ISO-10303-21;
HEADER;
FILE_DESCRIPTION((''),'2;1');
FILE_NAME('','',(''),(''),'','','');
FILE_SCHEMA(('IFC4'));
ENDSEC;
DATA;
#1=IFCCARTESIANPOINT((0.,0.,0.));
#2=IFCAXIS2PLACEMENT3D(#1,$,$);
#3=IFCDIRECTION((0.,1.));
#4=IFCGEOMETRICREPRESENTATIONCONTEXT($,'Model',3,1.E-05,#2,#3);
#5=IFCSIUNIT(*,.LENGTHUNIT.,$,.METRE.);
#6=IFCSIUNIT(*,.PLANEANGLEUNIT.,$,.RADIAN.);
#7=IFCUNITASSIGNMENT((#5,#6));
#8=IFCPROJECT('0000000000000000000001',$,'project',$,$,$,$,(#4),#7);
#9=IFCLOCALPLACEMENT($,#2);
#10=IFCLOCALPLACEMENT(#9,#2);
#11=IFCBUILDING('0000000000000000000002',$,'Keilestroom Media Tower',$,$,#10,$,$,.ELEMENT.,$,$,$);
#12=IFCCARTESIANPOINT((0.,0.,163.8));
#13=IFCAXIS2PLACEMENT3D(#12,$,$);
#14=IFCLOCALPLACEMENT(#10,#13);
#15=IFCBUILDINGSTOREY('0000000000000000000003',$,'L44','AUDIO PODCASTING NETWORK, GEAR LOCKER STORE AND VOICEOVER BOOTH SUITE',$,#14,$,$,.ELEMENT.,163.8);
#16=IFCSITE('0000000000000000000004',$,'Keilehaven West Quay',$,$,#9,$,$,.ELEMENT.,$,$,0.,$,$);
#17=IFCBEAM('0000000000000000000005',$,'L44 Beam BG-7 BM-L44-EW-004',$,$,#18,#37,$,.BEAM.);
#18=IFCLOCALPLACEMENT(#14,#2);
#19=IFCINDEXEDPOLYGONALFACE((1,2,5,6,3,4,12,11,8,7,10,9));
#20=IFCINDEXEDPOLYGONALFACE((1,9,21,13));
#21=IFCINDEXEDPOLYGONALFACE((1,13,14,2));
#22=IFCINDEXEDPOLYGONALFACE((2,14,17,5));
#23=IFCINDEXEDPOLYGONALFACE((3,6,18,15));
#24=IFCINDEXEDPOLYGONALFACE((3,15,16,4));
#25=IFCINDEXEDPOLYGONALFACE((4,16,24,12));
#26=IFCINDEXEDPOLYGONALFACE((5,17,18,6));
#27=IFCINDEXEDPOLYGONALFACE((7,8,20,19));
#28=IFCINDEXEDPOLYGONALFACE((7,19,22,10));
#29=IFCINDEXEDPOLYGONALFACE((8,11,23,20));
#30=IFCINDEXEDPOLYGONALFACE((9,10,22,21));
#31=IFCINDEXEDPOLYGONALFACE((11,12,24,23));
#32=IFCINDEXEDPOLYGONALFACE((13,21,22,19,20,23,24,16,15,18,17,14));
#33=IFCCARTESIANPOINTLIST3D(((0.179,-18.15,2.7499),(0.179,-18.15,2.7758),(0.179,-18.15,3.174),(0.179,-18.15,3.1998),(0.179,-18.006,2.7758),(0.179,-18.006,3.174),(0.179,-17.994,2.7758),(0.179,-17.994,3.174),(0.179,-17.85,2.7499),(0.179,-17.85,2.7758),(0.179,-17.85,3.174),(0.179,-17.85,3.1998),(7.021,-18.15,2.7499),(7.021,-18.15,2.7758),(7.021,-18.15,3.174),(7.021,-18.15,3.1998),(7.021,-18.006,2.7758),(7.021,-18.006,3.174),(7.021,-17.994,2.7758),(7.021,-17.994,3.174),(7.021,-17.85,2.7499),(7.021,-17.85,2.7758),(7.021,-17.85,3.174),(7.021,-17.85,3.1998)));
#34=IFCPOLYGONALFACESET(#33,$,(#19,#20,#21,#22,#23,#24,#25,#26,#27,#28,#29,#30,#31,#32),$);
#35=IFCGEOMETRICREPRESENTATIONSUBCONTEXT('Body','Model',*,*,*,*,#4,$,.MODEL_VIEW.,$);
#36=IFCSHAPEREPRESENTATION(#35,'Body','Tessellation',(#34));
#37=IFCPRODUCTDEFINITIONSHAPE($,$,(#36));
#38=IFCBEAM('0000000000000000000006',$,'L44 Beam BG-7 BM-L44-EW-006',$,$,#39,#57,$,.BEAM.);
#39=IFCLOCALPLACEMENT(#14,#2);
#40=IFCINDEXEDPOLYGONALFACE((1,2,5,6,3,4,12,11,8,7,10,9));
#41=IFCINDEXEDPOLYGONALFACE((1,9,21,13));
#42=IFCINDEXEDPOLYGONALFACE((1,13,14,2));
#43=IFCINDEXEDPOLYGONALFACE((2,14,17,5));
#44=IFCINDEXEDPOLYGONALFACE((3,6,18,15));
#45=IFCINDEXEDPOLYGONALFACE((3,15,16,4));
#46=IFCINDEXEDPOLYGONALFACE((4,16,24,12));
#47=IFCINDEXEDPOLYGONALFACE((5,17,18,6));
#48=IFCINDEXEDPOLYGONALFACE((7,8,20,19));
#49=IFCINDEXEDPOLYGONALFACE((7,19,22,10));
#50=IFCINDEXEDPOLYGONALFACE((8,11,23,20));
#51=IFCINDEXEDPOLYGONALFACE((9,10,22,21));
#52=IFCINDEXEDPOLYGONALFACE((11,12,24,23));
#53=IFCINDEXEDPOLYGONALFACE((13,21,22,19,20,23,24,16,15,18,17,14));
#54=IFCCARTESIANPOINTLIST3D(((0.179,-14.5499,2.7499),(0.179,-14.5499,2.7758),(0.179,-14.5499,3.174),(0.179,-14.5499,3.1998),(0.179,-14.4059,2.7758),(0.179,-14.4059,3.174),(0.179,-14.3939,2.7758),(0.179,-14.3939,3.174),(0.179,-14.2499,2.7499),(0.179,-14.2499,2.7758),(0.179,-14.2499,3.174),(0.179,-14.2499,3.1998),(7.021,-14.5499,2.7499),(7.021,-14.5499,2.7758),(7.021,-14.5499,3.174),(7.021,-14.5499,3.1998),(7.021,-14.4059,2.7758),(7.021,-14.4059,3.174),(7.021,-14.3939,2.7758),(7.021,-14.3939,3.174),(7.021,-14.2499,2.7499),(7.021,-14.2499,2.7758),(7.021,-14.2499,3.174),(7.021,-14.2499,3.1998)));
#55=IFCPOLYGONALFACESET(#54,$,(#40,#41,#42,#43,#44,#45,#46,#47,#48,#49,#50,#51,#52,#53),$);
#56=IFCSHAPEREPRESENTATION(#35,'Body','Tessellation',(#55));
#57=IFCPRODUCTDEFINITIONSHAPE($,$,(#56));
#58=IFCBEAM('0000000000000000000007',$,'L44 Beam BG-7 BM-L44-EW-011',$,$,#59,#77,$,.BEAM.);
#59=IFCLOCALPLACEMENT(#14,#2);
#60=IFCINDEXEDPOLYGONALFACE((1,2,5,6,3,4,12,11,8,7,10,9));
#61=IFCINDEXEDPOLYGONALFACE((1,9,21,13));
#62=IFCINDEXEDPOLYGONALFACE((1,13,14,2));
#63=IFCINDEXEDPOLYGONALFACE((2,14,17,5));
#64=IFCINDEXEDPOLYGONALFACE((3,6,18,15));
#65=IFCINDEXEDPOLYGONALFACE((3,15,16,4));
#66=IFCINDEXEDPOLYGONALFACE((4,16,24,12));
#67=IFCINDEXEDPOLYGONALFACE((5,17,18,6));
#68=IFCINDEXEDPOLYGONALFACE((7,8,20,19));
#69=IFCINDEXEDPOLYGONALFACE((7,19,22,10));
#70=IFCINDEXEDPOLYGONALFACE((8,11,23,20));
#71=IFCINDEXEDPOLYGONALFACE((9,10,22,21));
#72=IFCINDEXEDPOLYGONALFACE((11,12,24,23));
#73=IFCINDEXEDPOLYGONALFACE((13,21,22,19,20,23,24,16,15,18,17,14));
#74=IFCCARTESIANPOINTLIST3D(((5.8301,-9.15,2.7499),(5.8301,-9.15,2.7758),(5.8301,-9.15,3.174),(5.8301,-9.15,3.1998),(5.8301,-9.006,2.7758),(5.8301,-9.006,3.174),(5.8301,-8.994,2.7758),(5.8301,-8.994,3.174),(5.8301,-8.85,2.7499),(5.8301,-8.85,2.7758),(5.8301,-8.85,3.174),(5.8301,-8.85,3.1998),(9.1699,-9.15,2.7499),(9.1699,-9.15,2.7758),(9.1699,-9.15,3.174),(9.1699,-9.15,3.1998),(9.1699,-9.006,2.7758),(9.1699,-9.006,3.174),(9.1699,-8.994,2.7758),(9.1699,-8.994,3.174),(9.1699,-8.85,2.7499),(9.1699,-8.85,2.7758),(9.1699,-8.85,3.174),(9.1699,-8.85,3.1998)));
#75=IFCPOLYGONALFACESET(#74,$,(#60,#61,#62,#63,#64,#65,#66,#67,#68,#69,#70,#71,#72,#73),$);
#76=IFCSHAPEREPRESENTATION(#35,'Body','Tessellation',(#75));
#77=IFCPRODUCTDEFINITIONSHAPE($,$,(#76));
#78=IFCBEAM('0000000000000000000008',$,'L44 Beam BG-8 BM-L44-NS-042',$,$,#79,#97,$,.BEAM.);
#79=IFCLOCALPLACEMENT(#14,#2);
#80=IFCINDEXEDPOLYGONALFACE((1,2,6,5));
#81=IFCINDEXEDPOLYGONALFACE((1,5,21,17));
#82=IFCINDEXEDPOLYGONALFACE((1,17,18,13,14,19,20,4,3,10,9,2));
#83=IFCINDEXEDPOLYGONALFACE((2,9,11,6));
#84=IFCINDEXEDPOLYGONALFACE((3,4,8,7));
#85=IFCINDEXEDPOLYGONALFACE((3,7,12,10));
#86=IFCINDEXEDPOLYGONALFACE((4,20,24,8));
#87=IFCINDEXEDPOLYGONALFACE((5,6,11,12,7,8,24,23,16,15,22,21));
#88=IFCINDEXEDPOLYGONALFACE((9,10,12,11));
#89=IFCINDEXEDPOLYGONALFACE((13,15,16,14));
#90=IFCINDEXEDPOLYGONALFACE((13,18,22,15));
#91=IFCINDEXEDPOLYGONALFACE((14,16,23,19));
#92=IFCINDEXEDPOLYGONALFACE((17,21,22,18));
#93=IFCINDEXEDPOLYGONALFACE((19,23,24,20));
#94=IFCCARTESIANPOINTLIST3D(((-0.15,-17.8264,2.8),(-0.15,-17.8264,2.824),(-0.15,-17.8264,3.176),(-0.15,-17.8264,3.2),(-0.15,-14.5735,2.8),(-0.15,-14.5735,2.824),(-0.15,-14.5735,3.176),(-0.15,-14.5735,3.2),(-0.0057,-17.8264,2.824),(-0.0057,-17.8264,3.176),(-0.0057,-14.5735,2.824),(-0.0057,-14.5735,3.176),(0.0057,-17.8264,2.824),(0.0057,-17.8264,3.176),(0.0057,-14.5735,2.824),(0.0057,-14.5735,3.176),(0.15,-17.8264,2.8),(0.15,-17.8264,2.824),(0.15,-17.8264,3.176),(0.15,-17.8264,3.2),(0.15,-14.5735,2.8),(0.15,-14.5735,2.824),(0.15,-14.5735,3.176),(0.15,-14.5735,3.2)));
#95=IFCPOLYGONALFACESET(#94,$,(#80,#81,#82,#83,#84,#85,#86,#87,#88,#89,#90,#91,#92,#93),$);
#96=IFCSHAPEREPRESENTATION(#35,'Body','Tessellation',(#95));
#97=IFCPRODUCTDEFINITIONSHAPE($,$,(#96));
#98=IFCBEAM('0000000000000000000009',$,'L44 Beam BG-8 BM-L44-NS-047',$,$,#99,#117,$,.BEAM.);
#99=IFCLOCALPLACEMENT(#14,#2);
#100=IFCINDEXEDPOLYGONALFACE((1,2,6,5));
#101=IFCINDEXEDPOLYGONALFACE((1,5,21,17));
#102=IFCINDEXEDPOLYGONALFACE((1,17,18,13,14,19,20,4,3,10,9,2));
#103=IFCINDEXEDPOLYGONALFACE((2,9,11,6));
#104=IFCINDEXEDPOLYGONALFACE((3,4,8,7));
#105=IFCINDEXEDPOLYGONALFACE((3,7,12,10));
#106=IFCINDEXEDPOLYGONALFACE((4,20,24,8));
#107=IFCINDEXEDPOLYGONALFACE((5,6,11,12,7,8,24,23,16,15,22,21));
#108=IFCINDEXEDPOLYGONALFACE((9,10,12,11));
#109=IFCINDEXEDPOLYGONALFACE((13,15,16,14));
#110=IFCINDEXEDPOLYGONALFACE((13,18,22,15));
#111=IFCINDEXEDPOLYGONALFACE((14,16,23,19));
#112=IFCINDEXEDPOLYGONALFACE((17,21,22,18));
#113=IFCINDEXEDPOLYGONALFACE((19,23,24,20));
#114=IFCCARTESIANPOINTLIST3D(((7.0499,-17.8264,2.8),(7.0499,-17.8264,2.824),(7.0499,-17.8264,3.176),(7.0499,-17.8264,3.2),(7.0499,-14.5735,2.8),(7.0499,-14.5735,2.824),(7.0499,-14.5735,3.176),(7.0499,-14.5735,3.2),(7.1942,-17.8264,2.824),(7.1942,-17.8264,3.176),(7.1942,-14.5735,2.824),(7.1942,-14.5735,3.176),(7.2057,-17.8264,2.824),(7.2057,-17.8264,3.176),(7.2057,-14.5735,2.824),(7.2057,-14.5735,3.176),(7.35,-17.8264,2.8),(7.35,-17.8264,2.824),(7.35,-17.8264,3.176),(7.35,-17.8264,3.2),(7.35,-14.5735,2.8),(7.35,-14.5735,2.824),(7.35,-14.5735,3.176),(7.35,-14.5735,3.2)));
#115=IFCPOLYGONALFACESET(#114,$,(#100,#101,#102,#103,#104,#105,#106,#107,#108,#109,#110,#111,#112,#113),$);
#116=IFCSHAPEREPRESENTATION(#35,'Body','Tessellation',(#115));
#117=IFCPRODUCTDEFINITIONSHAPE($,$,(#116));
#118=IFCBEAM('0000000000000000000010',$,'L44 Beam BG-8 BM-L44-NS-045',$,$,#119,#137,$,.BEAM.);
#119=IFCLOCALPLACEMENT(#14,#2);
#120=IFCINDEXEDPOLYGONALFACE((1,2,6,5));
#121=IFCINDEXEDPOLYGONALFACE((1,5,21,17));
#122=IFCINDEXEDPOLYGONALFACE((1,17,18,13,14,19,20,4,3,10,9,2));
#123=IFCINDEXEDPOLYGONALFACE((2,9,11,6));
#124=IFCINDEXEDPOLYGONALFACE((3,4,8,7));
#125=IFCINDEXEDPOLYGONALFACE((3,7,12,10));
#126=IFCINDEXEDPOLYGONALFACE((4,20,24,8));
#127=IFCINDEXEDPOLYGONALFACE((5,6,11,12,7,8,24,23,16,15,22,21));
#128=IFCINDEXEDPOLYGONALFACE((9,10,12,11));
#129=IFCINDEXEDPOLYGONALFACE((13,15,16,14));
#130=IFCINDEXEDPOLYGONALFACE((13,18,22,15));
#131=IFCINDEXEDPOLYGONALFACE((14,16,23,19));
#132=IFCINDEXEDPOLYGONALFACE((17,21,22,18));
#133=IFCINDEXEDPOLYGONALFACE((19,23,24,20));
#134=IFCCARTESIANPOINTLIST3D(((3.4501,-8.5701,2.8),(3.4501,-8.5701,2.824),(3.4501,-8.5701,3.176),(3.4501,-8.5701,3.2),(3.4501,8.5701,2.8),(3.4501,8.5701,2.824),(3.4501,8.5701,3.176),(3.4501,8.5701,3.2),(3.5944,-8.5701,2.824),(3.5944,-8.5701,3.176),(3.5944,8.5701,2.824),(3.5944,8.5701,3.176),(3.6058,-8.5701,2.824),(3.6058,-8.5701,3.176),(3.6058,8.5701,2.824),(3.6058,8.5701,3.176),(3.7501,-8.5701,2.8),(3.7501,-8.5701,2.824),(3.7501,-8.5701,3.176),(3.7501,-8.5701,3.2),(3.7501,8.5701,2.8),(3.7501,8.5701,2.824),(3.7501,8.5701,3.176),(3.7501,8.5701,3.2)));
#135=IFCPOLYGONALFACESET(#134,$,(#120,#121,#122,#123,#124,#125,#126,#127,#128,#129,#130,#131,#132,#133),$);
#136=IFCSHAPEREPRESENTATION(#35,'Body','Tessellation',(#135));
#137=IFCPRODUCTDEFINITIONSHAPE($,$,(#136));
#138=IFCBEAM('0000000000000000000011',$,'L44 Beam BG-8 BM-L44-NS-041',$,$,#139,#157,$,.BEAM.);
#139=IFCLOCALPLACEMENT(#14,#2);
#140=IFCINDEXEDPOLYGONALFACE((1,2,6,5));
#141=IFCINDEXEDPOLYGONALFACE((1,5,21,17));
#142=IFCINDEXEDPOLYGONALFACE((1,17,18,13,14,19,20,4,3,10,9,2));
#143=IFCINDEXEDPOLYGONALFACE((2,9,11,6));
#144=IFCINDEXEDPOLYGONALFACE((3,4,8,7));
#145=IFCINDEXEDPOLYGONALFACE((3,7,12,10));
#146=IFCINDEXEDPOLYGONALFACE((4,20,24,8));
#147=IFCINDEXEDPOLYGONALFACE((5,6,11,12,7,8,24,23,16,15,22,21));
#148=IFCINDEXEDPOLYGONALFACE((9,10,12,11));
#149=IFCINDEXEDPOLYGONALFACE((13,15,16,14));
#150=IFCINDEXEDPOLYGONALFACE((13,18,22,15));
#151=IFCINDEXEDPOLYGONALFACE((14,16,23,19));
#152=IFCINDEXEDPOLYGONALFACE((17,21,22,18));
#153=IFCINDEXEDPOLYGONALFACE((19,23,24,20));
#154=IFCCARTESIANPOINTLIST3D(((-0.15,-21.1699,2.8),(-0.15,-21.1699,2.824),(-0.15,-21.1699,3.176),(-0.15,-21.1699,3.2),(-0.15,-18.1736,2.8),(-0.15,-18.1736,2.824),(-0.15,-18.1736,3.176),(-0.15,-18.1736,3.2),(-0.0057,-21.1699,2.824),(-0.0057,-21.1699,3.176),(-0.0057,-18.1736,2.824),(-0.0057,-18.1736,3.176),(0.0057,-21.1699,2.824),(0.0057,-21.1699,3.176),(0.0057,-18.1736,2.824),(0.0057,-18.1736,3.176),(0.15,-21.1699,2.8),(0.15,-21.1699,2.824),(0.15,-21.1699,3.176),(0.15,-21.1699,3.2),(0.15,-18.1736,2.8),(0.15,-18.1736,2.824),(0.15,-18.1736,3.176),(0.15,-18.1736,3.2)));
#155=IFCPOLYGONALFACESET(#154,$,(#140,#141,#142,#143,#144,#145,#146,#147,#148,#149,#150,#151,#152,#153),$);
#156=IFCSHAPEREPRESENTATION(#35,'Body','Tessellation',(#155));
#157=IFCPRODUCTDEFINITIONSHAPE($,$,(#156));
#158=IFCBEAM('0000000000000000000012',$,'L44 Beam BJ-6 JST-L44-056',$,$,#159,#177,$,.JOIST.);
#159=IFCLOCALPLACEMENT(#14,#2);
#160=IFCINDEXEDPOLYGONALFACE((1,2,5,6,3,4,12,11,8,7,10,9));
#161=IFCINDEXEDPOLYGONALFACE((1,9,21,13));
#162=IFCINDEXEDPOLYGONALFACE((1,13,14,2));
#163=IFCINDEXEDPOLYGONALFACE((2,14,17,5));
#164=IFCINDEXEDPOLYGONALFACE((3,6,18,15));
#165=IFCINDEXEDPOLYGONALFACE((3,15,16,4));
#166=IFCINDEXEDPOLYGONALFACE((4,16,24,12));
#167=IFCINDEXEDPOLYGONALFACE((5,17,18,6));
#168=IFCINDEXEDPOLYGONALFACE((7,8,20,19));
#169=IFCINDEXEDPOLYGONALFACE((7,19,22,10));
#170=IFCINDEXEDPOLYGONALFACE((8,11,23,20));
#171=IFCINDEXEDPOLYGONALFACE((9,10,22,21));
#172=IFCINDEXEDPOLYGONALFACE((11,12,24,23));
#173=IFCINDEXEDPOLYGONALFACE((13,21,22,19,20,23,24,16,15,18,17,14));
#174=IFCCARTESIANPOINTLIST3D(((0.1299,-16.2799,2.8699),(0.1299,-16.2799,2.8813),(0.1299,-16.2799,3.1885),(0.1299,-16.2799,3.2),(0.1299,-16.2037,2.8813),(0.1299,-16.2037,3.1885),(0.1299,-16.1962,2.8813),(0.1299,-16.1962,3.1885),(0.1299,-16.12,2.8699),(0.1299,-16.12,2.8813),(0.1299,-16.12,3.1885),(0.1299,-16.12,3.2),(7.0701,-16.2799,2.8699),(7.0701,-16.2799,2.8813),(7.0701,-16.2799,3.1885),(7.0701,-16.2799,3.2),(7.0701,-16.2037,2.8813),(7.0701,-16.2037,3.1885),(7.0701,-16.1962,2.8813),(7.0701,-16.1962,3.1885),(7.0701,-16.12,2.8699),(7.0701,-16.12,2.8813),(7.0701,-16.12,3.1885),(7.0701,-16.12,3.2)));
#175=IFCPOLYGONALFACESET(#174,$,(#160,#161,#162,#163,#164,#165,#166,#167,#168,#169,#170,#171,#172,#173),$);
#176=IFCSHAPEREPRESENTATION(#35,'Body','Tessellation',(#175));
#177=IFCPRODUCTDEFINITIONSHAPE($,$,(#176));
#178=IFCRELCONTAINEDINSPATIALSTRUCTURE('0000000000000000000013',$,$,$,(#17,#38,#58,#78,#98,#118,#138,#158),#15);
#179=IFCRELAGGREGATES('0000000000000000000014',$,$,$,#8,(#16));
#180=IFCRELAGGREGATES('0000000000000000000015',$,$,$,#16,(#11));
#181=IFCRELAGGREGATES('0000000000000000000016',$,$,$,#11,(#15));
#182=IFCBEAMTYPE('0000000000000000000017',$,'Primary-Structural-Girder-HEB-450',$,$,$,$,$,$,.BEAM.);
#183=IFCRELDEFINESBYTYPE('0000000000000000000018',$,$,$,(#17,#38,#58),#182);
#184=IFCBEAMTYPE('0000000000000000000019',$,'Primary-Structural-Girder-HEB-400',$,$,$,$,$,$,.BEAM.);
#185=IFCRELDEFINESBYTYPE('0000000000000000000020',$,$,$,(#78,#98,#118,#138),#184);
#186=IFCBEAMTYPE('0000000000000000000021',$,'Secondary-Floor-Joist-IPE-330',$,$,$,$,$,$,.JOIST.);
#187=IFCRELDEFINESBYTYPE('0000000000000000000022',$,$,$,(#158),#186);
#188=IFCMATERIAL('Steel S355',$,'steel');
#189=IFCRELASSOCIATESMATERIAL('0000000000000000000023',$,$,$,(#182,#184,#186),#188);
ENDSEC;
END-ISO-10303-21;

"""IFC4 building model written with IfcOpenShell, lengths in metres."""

from ifc_helpers import new_model, si_unit, direction, frame, origin, origin_2d, place, context, subcontext, project, spatial, i_section, extrude, source, transform, mapped, material, material_profile, profile_set, type_object, element, save


model = new_model("IFC4")

# Units and contexts
model_context = context("Model", 3, precision=1e-05, world=origin(), true_north=direction((0.0, 1.0)))
body_context = subcontext(model_context, "Body", "Model", "MODEL_VIEW")
ifc_project = project(units=[si_unit("LENGTHUNIT", "METRE"), si_unit("PLANEANGLEUNIT", "RADIAN")], contexts=[model_context])

# Site, building, storey
site_placement = place(None, origin())
site = spatial("IfcSite", under=ifc_project, at=site_placement, Name="Keilehaven West Quay", CompositionType="ELEMENT", RefElevation=0.0)
building_placement = place(site_placement, origin())
building = spatial("IfcBuilding", under=site, at=building_placement, Name="Keilestroom Media Tower", CompositionType="ELEMENT")
storey_placement = place(building_placement, frame((0.0, 0.0, 163.8)))
storey = spatial("IfcBuildingStorey", under=building, at=storey_placement, Name="L44", Description="AUDIO PODCASTING NETWORK, GEAR LOCKER STORE AND VOICEOVER BOOTH SUITE", CompositionType="ELEMENT", Elevation=163.8)

# Shared definitions
ifc_material_1 = material(Name="Steel S355", Category="steel")

# Beams
ifc_material_profile_1 = material_profile(ifc_material_1, i_section(OverallWidth=0.3, OverallDepth=0.45, WebThickness=0.012, FlangeThickness=0.0259, at=origin_2d()), Name="HEB 450")
ifc_profile_set_1 = profile_set([ifc_material_profile_1], Name="Steel S355")
beam_type_1 = type_object("IfcBeamType", Name="Primary-Structural-Girder-HEB-450", PredefinedType="BEAM", material=ifc_profile_set_1)
shared_shape_1 = source(origin(), body_context, "Body", "SweptSolid", [
    extrude(i_section(OverallWidth=0.3, OverallDepth=0.45, WebThickness=0.012, FlangeThickness=0.0259, at=origin_2d()), origin(), (0.0, 0.0, 1.0), 6.842),
])
for number, where, z_axis, x_axis, name in (
    (1, (0.179, -18.0, 2.9749), (1.0, 0.0, 0.0), (0.0, 1.0, 0.0), "L44 Beam BG-7 BM-L44-EW-004"),
    (2, (0.179, -14.3999, 2.9749), (1.0, 0.0, 0.0), (0.0, 1.0, 0.0), "L44 Beam BG-7 BM-L44-EW-006"),
):
    element("IfcBeam", number, at=place(storey_placement, frame(where, z_axis=z_axis, x_axis=x_axis)), inside=storey, type_object=beam_type_1, Name=name, PredefinedType="BEAM", context=body_context, shape_type="MappedRepresentation", body=[
        mapped(shared_shape_1, transform((0.0, 0.0, 0.0), x_axis=(1.0, 0.0, 0.0), y_axis=(0.0, 1.0, 0.0), z_axis=(0.0, 0.0, 1.0), scale=1.0)),
    ])
shared_shape_2 = source(origin(), body_context, "Body", "SweptSolid", [
    extrude(i_section(OverallWidth=0.3, OverallDepth=0.45, WebThickness=0.012, FlangeThickness=0.0259, at=origin_2d()), origin(), (0.0, 0.0, 1.0), 3.3398),
])
beam_1_placement = place(storey_placement, frame((5.8301, -9.0, 2.9749), z_axis=(1.0, 0.0, 0.0), x_axis=(0.0, 1.0, 0.0)))
element("IfcBeam", 3, at=beam_1_placement, inside=storey, type_object=beam_type_1, Name="L44 Beam BG-7 BM-L44-EW-011", PredefinedType="BEAM", context=body_context, shape_type="MappedRepresentation", body=[
    mapped(shared_shape_2, transform((0.0, 0.0, 0.0), x_axis=(1.0, 0.0, 0.0), y_axis=(0.0, 1.0, 0.0), z_axis=(0.0, 0.0, 1.0), scale=1.0)),
])
ifc_material_profile_2 = material_profile(ifc_material_1, i_section(OverallWidth=0.3, OverallDepth=0.3999, WebThickness=0.0115, FlangeThickness=0.0239, at=origin_2d()), Name="HEB 400")
ifc_profile_set_2 = profile_set([ifc_material_profile_2], Name="Steel S355")
beam_type_2 = type_object("IfcBeamType", Name="Primary-Structural-Girder-HEB-400", PredefinedType="BEAM", material=ifc_profile_set_2)
shared_shape_3 = source(origin(), body_context, "Body", "SweptSolid", [
    extrude(i_section(OverallWidth=0.3, OverallDepth=0.3999, WebThickness=0.0115, FlangeThickness=0.0239, at=origin_2d()), origin(), (0.0, 0.0, 1.0), 3.2529),
])
for number, where, z_axis, x_axis, name in (
    (4, (0.0, -17.8264, 3.0), (0.0, 1.0, 0.0), (-1.0, 0.0, 0.0), "L44 Beam BG-8 BM-L44-NS-042"),
    (5, (7.2, -17.8264, 3.0), (0.0, 1.0, 0.0), (-1.0, 0.0, 0.0), "L44 Beam BG-8 BM-L44-NS-047"),
):
    element("IfcBeam", number, at=place(storey_placement, frame(where, z_axis=z_axis, x_axis=x_axis)), inside=storey, type_object=beam_type_2, Name=name, PredefinedType="BEAM", context=body_context, shape_type="MappedRepresentation", body=[
        mapped(shared_shape_3, transform((0.0, 0.0, 0.0), x_axis=(1.0, 0.0, 0.0), y_axis=(0.0, 1.0, 0.0), z_axis=(0.0, 0.0, 1.0), scale=1.0)),
    ])
shared_shape_4 = source(origin(), body_context, "Body", "SweptSolid", [
    extrude(i_section(OverallWidth=0.3, OverallDepth=0.3999, WebThickness=0.0115, FlangeThickness=0.0239, at=origin_2d()), origin(), (0.0, 0.0, 1.0), 17.1401),
])
beam_2_placement = place(storey_placement, frame((3.6001, -8.5701, 3.0), z_axis=(0.0, 1.0, 0.0), x_axis=(-1.0, 0.0, 0.0)))
element("IfcBeam", 6, at=beam_2_placement, inside=storey, type_object=beam_type_2, Name="L44 Beam BG-8 BM-L44-NS-045", PredefinedType="BEAM", context=body_context, shape_type="MappedRepresentation", body=[
    mapped(shared_shape_4, transform((0.0, 0.0, 0.0), x_axis=(1.0, 0.0, 0.0), y_axis=(0.0, 1.0, 0.0), z_axis=(0.0, 0.0, 1.0), scale=1.0)),
])
shared_shape_5 = source(origin(), body_context, "Body", "SweptSolid", [
    extrude(i_section(OverallWidth=0.3, OverallDepth=0.3999, WebThickness=0.0115, FlangeThickness=0.0239, at=origin_2d()), origin(), (0.0, 0.0, 1.0), 2.9963),
])
beam_3_placement = place(storey_placement, frame((0.0, -21.1699, 3.0), z_axis=(0.0, 1.0, 0.0), x_axis=(-1.0, 0.0, 0.0)))
element("IfcBeam", 7, at=beam_3_placement, inside=storey, type_object=beam_type_2, Name="L44 Beam BG-8 BM-L44-NS-041", PredefinedType="BEAM", context=body_context, shape_type="MappedRepresentation", body=[
    mapped(shared_shape_5, transform((0.0, 0.0, 0.0), x_axis=(1.0, 0.0, 0.0), y_axis=(0.0, 1.0, 0.0), z_axis=(0.0, 0.0, 1.0), scale=1.0)),
])
ifc_material_profile_3 = material_profile(ifc_material_1, i_section(OverallWidth=0.1599, OverallDepth=0.3301, WebThickness=0.0076, FlangeThickness=0.0115, at=origin_2d()), Name="IPE 330")
ifc_profile_set_3 = profile_set([ifc_material_profile_3], Name="Steel S355")
beam_type_3 = type_object("IfcBeamType", Name="Secondary-Floor-Joist-IPE-330", PredefinedType="JOIST", material=ifc_profile_set_3)
shared_shape_6 = source(origin(), body_context, "Body", "SweptSolid", [
    extrude(i_section(OverallWidth=0.1599, OverallDepth=0.3301, WebThickness=0.0076, FlangeThickness=0.0115, at=origin_2d()), origin(), (0.0, 0.0, 1.0), 6.9402),
])
beam_4_placement = place(storey_placement, frame((0.1299, -16.2, 3.0349), z_axis=(1.0, 0.0, 0.0), x_axis=(0.0, 1.0, 0.0)))
element("IfcBeam", 8, at=beam_4_placement, inside=storey, type_object=beam_type_3, Name="L44 Beam BJ-6 JST-L44-056", PredefinedType="JOIST", context=body_context, shape_type="MappedRepresentation", body=[
    mapped(shared_shape_6, transform((0.0, 0.0, 0.0), x_axis=(1.0, 0.0, 0.0), y_axis=(0.0, 1.0, 0.0), z_axis=(0.0, 0.0, 1.0), scale=1.0)),
])

save(model, "model.ifc")
